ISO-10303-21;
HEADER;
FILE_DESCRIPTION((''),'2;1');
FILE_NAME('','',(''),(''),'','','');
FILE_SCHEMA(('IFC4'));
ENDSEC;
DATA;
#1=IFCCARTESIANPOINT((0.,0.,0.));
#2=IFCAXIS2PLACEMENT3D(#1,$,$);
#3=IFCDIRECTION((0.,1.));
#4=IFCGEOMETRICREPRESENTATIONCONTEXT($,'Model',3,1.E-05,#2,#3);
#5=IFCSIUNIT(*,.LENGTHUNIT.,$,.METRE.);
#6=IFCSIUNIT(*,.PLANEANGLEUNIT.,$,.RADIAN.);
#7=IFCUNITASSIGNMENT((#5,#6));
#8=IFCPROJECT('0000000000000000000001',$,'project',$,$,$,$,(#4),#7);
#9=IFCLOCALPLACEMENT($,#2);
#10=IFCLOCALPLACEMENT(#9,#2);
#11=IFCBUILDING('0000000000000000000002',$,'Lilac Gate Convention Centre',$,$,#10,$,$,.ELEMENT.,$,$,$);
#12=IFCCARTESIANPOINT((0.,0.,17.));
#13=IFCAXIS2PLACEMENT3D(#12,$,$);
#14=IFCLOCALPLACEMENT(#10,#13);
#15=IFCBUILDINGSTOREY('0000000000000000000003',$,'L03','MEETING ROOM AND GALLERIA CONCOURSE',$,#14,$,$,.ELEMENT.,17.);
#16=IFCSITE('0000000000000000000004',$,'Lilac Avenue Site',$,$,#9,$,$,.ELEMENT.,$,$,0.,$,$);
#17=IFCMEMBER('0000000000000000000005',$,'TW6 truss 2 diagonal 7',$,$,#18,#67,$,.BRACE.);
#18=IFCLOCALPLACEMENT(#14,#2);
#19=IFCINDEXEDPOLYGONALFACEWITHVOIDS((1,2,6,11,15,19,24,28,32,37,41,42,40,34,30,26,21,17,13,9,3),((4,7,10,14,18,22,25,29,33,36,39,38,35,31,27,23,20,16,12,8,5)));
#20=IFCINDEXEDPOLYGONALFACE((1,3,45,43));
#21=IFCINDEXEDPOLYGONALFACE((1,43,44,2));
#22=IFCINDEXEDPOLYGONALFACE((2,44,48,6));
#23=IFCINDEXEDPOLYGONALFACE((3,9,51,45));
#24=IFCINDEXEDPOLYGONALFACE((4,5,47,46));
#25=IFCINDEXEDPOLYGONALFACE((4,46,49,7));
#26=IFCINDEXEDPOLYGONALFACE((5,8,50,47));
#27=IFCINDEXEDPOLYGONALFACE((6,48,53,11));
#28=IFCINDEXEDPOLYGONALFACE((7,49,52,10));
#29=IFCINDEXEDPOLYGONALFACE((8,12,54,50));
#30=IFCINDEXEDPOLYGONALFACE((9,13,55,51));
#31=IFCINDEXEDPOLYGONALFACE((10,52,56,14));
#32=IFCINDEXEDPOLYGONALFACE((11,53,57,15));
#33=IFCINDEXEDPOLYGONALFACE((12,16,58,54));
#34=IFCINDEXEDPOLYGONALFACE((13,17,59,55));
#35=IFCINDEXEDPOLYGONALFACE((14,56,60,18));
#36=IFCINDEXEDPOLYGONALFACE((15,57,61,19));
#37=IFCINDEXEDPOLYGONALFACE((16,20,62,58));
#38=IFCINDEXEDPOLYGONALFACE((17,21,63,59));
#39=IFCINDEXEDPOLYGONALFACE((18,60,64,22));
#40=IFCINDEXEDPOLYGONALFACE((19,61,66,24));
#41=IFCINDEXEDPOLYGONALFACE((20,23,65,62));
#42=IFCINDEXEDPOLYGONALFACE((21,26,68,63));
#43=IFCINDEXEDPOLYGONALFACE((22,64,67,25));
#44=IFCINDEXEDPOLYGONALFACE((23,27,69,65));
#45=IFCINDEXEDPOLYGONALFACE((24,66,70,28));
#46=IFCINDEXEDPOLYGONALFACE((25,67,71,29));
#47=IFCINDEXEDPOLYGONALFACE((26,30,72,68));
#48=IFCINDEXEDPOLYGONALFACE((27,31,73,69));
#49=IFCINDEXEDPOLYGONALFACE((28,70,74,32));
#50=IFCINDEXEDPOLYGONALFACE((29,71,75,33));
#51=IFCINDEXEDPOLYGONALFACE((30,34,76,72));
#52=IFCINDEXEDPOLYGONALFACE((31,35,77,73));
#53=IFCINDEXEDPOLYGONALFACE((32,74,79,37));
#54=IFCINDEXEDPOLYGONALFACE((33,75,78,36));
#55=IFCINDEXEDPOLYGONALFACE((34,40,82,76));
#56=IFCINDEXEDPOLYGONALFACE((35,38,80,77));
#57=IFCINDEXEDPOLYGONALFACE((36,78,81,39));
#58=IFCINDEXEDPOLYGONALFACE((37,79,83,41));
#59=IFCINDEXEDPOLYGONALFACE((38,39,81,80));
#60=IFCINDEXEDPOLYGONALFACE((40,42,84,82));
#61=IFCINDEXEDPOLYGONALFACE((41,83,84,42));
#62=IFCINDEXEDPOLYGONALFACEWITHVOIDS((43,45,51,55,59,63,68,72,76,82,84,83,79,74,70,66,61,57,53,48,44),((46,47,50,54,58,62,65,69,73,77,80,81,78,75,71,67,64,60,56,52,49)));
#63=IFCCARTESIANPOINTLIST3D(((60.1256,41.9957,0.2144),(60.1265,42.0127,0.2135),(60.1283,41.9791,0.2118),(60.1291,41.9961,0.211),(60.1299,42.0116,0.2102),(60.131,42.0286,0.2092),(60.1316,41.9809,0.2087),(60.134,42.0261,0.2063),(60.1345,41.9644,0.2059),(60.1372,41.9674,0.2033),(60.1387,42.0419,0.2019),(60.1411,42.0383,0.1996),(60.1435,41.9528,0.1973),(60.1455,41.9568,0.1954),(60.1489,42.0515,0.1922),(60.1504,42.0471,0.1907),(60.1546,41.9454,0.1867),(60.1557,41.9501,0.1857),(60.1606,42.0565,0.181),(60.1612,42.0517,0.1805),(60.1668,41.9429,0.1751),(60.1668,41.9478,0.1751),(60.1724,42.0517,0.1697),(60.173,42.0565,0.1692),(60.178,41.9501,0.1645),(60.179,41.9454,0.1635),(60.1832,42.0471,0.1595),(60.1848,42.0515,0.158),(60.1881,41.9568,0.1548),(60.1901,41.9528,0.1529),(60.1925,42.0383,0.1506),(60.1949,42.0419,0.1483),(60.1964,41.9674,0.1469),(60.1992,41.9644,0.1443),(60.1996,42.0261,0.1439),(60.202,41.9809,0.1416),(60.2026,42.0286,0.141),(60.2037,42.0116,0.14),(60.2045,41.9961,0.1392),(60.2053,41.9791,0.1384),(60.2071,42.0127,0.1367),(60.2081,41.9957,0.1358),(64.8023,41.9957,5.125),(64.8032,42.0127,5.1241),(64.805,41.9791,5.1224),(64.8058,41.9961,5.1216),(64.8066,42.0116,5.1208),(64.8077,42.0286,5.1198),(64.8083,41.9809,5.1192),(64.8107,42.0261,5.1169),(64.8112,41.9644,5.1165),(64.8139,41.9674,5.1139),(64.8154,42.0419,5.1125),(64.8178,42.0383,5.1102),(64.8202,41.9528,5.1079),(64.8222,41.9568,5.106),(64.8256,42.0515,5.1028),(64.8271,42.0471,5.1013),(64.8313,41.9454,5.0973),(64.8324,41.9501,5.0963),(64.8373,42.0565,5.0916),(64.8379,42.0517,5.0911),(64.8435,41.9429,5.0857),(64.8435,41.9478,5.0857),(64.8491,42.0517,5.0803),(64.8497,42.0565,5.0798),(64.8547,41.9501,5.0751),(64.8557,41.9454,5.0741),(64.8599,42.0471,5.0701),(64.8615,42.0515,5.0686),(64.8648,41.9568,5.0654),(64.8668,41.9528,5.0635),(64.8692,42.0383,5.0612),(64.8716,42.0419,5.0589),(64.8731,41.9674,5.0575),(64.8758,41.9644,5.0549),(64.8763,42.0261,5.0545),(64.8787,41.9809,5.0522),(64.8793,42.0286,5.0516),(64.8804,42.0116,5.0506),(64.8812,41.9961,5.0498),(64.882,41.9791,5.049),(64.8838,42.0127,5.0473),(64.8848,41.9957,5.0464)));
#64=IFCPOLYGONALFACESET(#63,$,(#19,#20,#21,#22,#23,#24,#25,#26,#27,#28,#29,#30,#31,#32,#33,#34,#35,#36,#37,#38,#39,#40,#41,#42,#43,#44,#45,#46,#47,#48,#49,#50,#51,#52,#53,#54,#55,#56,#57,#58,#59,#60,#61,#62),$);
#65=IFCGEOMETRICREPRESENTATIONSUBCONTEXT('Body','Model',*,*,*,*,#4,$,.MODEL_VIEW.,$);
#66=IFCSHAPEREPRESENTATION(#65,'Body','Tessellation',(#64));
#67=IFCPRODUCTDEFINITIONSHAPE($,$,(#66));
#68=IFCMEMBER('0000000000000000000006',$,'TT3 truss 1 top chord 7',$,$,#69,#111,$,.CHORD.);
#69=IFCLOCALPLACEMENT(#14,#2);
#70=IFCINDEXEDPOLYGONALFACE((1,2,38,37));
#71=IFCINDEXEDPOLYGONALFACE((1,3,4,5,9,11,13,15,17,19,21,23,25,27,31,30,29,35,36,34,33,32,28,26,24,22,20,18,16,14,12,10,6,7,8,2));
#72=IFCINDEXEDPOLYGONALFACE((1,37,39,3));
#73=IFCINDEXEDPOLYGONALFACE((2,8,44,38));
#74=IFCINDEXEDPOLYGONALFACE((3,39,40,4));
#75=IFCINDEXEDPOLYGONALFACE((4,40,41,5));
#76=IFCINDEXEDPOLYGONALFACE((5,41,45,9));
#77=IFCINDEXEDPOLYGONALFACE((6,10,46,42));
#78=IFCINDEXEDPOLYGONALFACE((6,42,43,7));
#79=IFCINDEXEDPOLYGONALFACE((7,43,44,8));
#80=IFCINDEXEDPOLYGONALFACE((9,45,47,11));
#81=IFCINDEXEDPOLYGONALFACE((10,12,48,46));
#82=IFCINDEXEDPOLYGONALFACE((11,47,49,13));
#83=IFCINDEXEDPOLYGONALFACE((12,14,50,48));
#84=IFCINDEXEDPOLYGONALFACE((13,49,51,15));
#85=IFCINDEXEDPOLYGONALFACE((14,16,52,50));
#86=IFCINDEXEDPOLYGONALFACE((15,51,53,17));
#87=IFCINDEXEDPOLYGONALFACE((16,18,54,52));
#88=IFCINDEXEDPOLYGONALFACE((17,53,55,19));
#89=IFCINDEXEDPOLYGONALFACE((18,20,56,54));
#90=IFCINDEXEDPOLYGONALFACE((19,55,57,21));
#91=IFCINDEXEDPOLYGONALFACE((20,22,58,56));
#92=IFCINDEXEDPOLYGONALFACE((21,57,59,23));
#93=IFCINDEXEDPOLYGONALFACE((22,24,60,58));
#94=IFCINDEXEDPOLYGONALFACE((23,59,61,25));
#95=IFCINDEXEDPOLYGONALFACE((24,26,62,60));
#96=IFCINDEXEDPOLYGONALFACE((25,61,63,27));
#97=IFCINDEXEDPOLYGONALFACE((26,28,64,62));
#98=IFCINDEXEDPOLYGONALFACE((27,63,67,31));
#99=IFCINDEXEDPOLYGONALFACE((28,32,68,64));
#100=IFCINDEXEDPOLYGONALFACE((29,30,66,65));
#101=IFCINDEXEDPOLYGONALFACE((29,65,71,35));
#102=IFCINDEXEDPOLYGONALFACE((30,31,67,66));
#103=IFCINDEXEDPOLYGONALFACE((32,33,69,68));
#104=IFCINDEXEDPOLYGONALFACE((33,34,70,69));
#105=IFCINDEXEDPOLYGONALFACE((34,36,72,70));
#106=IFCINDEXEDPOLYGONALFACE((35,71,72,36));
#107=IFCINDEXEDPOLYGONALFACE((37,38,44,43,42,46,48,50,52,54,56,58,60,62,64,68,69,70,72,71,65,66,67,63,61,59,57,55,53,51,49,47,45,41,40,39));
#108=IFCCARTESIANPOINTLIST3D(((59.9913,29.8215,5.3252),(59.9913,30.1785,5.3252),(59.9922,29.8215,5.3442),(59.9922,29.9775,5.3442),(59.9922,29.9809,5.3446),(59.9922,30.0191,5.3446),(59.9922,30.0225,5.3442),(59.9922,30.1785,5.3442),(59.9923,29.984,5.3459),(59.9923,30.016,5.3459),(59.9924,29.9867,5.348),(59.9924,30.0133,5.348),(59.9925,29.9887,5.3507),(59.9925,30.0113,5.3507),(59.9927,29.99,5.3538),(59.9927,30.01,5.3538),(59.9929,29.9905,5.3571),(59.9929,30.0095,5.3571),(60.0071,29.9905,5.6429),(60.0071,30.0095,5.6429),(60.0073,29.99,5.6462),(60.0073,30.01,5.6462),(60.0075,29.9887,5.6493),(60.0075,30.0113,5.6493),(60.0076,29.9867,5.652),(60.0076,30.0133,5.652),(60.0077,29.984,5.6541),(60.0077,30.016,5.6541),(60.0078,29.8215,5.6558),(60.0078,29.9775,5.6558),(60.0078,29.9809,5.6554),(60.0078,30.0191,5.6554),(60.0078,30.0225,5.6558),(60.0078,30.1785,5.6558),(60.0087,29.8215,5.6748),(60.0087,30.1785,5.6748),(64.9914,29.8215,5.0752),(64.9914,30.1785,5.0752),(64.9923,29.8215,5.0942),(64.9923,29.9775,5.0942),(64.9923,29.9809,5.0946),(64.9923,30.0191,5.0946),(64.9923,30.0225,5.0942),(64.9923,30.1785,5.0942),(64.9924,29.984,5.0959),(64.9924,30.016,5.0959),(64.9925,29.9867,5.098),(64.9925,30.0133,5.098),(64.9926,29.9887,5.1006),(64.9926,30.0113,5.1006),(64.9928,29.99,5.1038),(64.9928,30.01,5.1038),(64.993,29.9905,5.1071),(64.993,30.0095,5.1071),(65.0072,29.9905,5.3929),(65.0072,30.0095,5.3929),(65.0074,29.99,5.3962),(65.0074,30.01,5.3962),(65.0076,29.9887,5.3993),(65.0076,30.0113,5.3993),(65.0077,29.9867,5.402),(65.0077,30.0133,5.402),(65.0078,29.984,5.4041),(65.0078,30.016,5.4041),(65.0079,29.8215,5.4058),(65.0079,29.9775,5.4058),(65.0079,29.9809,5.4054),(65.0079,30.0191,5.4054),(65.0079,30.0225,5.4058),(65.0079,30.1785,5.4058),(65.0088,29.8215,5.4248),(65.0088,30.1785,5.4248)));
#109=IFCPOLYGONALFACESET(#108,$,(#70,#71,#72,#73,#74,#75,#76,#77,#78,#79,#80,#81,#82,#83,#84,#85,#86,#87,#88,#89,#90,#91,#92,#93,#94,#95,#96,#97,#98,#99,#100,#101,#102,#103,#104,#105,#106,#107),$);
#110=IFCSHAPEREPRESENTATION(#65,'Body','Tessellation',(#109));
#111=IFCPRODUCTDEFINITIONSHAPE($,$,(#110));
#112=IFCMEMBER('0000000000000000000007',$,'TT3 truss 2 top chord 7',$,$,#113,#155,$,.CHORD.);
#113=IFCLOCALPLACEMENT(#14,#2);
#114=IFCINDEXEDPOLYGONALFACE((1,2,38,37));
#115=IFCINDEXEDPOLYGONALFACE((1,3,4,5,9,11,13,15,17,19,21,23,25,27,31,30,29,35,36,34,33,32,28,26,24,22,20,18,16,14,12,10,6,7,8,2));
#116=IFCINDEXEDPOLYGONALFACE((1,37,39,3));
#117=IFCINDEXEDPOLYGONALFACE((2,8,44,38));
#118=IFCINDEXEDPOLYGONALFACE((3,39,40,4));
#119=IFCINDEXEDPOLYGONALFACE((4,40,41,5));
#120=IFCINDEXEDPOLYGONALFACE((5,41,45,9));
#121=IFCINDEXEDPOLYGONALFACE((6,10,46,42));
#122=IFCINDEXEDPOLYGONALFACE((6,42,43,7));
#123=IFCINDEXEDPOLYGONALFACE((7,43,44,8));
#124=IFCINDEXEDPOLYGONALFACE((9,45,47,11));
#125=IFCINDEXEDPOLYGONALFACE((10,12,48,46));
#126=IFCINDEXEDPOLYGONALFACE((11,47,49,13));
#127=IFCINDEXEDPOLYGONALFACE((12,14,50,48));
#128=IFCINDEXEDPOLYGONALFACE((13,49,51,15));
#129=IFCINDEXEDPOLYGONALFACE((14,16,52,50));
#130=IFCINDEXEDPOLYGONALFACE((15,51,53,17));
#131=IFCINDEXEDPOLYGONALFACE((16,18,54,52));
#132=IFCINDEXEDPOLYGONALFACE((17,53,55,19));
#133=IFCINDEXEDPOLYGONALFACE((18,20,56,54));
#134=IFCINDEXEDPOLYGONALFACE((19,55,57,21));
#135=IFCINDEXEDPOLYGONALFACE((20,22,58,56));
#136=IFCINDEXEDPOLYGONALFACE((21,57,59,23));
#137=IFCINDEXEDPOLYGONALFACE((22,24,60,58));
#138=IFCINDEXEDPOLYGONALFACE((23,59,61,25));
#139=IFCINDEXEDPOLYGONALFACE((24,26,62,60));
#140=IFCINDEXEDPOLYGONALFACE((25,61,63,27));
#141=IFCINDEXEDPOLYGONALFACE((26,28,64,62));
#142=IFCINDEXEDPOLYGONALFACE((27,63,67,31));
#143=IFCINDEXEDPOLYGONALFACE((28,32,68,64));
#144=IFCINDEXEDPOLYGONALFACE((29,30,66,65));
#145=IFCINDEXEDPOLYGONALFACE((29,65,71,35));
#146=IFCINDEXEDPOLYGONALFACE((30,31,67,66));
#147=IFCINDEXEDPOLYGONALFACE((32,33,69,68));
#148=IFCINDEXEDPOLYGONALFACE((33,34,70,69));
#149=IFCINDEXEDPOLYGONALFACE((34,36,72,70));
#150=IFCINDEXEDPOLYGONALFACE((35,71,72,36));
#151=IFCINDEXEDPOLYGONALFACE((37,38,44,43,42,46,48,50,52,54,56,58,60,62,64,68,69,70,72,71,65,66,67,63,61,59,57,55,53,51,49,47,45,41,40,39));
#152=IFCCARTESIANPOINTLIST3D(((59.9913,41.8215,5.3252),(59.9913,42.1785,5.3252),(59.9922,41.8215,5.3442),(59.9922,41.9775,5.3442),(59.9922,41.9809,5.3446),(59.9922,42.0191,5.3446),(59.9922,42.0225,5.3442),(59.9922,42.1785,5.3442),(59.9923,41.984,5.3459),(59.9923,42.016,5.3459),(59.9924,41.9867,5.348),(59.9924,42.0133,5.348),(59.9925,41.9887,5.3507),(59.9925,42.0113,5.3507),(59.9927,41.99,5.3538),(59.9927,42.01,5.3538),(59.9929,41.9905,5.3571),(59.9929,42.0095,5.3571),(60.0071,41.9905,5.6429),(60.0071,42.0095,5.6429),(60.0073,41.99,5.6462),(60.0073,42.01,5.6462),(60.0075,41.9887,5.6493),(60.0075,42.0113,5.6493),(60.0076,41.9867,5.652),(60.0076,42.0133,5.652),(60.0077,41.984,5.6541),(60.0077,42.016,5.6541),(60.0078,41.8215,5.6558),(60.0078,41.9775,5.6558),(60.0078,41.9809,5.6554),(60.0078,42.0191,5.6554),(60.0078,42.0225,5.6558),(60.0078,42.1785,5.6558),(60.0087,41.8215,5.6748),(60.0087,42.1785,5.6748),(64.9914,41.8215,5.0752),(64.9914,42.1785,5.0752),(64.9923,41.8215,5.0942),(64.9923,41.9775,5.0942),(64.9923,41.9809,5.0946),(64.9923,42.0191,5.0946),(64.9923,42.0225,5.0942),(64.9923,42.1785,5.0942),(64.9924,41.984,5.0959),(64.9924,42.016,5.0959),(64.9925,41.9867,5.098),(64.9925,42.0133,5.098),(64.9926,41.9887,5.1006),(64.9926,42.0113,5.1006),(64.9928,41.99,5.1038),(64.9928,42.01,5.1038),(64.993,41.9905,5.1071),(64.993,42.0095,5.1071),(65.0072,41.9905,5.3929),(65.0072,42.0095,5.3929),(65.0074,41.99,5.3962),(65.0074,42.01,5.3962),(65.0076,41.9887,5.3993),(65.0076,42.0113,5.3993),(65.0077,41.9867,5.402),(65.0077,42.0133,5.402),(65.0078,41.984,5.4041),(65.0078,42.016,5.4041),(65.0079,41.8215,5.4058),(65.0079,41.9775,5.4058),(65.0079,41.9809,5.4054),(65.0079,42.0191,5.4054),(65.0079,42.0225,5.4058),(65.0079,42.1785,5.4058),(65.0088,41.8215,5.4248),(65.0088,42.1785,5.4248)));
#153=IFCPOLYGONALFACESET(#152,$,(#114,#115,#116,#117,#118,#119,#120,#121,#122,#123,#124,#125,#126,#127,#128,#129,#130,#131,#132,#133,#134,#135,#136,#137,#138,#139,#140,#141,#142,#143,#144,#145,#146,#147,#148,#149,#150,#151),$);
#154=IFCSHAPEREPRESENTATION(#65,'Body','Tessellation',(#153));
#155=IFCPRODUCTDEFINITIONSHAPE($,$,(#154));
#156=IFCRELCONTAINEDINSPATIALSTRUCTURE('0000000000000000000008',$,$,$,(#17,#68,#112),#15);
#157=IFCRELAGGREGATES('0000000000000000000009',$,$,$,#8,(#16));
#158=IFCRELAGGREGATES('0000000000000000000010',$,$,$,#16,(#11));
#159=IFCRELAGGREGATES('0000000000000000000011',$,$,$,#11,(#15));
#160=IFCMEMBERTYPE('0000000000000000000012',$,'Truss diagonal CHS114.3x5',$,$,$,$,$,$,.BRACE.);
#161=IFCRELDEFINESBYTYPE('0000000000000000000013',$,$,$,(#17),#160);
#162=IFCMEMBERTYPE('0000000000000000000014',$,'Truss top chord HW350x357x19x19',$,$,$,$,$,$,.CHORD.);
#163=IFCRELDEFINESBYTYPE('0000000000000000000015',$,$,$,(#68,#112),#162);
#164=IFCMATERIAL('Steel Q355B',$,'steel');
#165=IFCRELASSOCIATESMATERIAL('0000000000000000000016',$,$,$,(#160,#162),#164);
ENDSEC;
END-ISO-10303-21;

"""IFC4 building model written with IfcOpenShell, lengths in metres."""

from ifc_helpers import new_model, si_unit, direction, frame, origin, origin_2d, place, context, subcontext, project, spatial, hollow_circle, i_section, extrude, material, material_profile, profile_set, type_object, element, save


model = new_model("IFC4")

# Units and contexts
model_context = context("Model", 3, precision=1e-05, world=origin(), true_north=direction((0.0, 1.0)))
body_context = subcontext(model_context, "Body", "Model", "MODEL_VIEW")
ifc_project = project(units=[si_unit("LENGTHUNIT", "METRE"), si_unit("PLANEANGLEUNIT", "RADIAN")], contexts=[model_context])

# Site, building, storey
site_placement = place(None, origin())
site = spatial("IfcSite", under=ifc_project, at=site_placement, Name="Lilac Avenue Site", CompositionType="ELEMENT", RefElevation=0.0)
building_placement = place(site_placement, origin())
building = spatial("IfcBuilding", under=site, at=building_placement, Name="Lilac Gate Convention Centre", CompositionType="ELEMENT")
storey_placement = place(building_placement, frame((0.0, 0.0, 17.0)))
storey = spatial("IfcBuildingStorey", under=building, at=storey_placement, Name="L03", Description="MEETING ROOM AND GALLERIA CONCOURSE", CompositionType="ELEMENT", Elevation=17.0)

# Members
ifc_material = material(Name="Steel Q355B", Category="steel")
ifc_material_profile_1 = material_profile(ifc_material, hollow_circle(Radius=0.0571, WallThickness=0.0049, at=origin_2d()), Name="CHS114.3x5")
ifc_profile_set_1 = profile_set([ifc_material_profile_1], Name="Steel Q355B")
member_type_1 = type_object("IfcMemberType", Name="Truss diagonal CHS114.3x5", PredefinedType="BRACE", material=ifc_profile_set_1)
for number, where, z_axis, x_axis, name in (
    (1, (64.8435, 42.0, 5.0857), (-0.689652, 0.0, -0.724141), (0.0, -1.0, 0.0), "TW6 truss 2 diagonal 7"),
):
    element("IfcMember", number, at=place(storey_placement, frame(where, z_axis=z_axis, x_axis=x_axis)), inside=storey, type_object=member_type_1, Name=name, PredefinedType="BRACE", context=body_context, shape_type="SweptSolid", body=[
        extrude(hollow_circle(Radius=0.0571, WallThickness=0.0049, at=origin_2d()), origin(), (0.0, 0.0, 1.0), 6.7812),
    ])
ifc_material_profile_2 = material_profile(ifc_material, i_section(OverallWidth=0.3569, OverallDepth=0.3501, WebThickness=0.019, FlangeThickness=0.019, FilletRadius=0.0129, at=origin_2d()), Name="HW350x357x19x19")
ifc_profile_set_2 = profile_set([ifc_material_profile_2], Name="Steel Q355B")
member_type_2 = type_object("IfcMemberType", Name="Truss top chord HW350x357x19x19", PredefinedType="CHORD", material=ifc_profile_set_2)
for number, where, z_axis, x_axis, name in (
    (2, (60.0, 30.0, 5.5), (0.998752, 0.0, -0.049938), (0.0, 1.0, 0.0), "TT3 truss 1 top chord 7"),
    (3, (60.0, 42.0, 5.5), (0.998752, 0.0, -0.049938), (0.0, 1.0, 0.0), "TT3 truss 2 top chord 7"),
):
    element("IfcMember", number, at=place(storey_placement, frame(where, z_axis=z_axis, x_axis=x_axis)), inside=storey, type_object=member_type_2, Name=name, PredefinedType="CHORD", context=body_context, shape_type="SweptSolid", body=[
        extrude(i_section(OverallWidth=0.3569, OverallDepth=0.3501, WebThickness=0.019, FlangeThickness=0.019, FilletRadius=0.0129, at=origin_2d()), origin(), (0.0, 0.0, 1.0), 5.0063),
    ])

save(model, "model.ifc")
